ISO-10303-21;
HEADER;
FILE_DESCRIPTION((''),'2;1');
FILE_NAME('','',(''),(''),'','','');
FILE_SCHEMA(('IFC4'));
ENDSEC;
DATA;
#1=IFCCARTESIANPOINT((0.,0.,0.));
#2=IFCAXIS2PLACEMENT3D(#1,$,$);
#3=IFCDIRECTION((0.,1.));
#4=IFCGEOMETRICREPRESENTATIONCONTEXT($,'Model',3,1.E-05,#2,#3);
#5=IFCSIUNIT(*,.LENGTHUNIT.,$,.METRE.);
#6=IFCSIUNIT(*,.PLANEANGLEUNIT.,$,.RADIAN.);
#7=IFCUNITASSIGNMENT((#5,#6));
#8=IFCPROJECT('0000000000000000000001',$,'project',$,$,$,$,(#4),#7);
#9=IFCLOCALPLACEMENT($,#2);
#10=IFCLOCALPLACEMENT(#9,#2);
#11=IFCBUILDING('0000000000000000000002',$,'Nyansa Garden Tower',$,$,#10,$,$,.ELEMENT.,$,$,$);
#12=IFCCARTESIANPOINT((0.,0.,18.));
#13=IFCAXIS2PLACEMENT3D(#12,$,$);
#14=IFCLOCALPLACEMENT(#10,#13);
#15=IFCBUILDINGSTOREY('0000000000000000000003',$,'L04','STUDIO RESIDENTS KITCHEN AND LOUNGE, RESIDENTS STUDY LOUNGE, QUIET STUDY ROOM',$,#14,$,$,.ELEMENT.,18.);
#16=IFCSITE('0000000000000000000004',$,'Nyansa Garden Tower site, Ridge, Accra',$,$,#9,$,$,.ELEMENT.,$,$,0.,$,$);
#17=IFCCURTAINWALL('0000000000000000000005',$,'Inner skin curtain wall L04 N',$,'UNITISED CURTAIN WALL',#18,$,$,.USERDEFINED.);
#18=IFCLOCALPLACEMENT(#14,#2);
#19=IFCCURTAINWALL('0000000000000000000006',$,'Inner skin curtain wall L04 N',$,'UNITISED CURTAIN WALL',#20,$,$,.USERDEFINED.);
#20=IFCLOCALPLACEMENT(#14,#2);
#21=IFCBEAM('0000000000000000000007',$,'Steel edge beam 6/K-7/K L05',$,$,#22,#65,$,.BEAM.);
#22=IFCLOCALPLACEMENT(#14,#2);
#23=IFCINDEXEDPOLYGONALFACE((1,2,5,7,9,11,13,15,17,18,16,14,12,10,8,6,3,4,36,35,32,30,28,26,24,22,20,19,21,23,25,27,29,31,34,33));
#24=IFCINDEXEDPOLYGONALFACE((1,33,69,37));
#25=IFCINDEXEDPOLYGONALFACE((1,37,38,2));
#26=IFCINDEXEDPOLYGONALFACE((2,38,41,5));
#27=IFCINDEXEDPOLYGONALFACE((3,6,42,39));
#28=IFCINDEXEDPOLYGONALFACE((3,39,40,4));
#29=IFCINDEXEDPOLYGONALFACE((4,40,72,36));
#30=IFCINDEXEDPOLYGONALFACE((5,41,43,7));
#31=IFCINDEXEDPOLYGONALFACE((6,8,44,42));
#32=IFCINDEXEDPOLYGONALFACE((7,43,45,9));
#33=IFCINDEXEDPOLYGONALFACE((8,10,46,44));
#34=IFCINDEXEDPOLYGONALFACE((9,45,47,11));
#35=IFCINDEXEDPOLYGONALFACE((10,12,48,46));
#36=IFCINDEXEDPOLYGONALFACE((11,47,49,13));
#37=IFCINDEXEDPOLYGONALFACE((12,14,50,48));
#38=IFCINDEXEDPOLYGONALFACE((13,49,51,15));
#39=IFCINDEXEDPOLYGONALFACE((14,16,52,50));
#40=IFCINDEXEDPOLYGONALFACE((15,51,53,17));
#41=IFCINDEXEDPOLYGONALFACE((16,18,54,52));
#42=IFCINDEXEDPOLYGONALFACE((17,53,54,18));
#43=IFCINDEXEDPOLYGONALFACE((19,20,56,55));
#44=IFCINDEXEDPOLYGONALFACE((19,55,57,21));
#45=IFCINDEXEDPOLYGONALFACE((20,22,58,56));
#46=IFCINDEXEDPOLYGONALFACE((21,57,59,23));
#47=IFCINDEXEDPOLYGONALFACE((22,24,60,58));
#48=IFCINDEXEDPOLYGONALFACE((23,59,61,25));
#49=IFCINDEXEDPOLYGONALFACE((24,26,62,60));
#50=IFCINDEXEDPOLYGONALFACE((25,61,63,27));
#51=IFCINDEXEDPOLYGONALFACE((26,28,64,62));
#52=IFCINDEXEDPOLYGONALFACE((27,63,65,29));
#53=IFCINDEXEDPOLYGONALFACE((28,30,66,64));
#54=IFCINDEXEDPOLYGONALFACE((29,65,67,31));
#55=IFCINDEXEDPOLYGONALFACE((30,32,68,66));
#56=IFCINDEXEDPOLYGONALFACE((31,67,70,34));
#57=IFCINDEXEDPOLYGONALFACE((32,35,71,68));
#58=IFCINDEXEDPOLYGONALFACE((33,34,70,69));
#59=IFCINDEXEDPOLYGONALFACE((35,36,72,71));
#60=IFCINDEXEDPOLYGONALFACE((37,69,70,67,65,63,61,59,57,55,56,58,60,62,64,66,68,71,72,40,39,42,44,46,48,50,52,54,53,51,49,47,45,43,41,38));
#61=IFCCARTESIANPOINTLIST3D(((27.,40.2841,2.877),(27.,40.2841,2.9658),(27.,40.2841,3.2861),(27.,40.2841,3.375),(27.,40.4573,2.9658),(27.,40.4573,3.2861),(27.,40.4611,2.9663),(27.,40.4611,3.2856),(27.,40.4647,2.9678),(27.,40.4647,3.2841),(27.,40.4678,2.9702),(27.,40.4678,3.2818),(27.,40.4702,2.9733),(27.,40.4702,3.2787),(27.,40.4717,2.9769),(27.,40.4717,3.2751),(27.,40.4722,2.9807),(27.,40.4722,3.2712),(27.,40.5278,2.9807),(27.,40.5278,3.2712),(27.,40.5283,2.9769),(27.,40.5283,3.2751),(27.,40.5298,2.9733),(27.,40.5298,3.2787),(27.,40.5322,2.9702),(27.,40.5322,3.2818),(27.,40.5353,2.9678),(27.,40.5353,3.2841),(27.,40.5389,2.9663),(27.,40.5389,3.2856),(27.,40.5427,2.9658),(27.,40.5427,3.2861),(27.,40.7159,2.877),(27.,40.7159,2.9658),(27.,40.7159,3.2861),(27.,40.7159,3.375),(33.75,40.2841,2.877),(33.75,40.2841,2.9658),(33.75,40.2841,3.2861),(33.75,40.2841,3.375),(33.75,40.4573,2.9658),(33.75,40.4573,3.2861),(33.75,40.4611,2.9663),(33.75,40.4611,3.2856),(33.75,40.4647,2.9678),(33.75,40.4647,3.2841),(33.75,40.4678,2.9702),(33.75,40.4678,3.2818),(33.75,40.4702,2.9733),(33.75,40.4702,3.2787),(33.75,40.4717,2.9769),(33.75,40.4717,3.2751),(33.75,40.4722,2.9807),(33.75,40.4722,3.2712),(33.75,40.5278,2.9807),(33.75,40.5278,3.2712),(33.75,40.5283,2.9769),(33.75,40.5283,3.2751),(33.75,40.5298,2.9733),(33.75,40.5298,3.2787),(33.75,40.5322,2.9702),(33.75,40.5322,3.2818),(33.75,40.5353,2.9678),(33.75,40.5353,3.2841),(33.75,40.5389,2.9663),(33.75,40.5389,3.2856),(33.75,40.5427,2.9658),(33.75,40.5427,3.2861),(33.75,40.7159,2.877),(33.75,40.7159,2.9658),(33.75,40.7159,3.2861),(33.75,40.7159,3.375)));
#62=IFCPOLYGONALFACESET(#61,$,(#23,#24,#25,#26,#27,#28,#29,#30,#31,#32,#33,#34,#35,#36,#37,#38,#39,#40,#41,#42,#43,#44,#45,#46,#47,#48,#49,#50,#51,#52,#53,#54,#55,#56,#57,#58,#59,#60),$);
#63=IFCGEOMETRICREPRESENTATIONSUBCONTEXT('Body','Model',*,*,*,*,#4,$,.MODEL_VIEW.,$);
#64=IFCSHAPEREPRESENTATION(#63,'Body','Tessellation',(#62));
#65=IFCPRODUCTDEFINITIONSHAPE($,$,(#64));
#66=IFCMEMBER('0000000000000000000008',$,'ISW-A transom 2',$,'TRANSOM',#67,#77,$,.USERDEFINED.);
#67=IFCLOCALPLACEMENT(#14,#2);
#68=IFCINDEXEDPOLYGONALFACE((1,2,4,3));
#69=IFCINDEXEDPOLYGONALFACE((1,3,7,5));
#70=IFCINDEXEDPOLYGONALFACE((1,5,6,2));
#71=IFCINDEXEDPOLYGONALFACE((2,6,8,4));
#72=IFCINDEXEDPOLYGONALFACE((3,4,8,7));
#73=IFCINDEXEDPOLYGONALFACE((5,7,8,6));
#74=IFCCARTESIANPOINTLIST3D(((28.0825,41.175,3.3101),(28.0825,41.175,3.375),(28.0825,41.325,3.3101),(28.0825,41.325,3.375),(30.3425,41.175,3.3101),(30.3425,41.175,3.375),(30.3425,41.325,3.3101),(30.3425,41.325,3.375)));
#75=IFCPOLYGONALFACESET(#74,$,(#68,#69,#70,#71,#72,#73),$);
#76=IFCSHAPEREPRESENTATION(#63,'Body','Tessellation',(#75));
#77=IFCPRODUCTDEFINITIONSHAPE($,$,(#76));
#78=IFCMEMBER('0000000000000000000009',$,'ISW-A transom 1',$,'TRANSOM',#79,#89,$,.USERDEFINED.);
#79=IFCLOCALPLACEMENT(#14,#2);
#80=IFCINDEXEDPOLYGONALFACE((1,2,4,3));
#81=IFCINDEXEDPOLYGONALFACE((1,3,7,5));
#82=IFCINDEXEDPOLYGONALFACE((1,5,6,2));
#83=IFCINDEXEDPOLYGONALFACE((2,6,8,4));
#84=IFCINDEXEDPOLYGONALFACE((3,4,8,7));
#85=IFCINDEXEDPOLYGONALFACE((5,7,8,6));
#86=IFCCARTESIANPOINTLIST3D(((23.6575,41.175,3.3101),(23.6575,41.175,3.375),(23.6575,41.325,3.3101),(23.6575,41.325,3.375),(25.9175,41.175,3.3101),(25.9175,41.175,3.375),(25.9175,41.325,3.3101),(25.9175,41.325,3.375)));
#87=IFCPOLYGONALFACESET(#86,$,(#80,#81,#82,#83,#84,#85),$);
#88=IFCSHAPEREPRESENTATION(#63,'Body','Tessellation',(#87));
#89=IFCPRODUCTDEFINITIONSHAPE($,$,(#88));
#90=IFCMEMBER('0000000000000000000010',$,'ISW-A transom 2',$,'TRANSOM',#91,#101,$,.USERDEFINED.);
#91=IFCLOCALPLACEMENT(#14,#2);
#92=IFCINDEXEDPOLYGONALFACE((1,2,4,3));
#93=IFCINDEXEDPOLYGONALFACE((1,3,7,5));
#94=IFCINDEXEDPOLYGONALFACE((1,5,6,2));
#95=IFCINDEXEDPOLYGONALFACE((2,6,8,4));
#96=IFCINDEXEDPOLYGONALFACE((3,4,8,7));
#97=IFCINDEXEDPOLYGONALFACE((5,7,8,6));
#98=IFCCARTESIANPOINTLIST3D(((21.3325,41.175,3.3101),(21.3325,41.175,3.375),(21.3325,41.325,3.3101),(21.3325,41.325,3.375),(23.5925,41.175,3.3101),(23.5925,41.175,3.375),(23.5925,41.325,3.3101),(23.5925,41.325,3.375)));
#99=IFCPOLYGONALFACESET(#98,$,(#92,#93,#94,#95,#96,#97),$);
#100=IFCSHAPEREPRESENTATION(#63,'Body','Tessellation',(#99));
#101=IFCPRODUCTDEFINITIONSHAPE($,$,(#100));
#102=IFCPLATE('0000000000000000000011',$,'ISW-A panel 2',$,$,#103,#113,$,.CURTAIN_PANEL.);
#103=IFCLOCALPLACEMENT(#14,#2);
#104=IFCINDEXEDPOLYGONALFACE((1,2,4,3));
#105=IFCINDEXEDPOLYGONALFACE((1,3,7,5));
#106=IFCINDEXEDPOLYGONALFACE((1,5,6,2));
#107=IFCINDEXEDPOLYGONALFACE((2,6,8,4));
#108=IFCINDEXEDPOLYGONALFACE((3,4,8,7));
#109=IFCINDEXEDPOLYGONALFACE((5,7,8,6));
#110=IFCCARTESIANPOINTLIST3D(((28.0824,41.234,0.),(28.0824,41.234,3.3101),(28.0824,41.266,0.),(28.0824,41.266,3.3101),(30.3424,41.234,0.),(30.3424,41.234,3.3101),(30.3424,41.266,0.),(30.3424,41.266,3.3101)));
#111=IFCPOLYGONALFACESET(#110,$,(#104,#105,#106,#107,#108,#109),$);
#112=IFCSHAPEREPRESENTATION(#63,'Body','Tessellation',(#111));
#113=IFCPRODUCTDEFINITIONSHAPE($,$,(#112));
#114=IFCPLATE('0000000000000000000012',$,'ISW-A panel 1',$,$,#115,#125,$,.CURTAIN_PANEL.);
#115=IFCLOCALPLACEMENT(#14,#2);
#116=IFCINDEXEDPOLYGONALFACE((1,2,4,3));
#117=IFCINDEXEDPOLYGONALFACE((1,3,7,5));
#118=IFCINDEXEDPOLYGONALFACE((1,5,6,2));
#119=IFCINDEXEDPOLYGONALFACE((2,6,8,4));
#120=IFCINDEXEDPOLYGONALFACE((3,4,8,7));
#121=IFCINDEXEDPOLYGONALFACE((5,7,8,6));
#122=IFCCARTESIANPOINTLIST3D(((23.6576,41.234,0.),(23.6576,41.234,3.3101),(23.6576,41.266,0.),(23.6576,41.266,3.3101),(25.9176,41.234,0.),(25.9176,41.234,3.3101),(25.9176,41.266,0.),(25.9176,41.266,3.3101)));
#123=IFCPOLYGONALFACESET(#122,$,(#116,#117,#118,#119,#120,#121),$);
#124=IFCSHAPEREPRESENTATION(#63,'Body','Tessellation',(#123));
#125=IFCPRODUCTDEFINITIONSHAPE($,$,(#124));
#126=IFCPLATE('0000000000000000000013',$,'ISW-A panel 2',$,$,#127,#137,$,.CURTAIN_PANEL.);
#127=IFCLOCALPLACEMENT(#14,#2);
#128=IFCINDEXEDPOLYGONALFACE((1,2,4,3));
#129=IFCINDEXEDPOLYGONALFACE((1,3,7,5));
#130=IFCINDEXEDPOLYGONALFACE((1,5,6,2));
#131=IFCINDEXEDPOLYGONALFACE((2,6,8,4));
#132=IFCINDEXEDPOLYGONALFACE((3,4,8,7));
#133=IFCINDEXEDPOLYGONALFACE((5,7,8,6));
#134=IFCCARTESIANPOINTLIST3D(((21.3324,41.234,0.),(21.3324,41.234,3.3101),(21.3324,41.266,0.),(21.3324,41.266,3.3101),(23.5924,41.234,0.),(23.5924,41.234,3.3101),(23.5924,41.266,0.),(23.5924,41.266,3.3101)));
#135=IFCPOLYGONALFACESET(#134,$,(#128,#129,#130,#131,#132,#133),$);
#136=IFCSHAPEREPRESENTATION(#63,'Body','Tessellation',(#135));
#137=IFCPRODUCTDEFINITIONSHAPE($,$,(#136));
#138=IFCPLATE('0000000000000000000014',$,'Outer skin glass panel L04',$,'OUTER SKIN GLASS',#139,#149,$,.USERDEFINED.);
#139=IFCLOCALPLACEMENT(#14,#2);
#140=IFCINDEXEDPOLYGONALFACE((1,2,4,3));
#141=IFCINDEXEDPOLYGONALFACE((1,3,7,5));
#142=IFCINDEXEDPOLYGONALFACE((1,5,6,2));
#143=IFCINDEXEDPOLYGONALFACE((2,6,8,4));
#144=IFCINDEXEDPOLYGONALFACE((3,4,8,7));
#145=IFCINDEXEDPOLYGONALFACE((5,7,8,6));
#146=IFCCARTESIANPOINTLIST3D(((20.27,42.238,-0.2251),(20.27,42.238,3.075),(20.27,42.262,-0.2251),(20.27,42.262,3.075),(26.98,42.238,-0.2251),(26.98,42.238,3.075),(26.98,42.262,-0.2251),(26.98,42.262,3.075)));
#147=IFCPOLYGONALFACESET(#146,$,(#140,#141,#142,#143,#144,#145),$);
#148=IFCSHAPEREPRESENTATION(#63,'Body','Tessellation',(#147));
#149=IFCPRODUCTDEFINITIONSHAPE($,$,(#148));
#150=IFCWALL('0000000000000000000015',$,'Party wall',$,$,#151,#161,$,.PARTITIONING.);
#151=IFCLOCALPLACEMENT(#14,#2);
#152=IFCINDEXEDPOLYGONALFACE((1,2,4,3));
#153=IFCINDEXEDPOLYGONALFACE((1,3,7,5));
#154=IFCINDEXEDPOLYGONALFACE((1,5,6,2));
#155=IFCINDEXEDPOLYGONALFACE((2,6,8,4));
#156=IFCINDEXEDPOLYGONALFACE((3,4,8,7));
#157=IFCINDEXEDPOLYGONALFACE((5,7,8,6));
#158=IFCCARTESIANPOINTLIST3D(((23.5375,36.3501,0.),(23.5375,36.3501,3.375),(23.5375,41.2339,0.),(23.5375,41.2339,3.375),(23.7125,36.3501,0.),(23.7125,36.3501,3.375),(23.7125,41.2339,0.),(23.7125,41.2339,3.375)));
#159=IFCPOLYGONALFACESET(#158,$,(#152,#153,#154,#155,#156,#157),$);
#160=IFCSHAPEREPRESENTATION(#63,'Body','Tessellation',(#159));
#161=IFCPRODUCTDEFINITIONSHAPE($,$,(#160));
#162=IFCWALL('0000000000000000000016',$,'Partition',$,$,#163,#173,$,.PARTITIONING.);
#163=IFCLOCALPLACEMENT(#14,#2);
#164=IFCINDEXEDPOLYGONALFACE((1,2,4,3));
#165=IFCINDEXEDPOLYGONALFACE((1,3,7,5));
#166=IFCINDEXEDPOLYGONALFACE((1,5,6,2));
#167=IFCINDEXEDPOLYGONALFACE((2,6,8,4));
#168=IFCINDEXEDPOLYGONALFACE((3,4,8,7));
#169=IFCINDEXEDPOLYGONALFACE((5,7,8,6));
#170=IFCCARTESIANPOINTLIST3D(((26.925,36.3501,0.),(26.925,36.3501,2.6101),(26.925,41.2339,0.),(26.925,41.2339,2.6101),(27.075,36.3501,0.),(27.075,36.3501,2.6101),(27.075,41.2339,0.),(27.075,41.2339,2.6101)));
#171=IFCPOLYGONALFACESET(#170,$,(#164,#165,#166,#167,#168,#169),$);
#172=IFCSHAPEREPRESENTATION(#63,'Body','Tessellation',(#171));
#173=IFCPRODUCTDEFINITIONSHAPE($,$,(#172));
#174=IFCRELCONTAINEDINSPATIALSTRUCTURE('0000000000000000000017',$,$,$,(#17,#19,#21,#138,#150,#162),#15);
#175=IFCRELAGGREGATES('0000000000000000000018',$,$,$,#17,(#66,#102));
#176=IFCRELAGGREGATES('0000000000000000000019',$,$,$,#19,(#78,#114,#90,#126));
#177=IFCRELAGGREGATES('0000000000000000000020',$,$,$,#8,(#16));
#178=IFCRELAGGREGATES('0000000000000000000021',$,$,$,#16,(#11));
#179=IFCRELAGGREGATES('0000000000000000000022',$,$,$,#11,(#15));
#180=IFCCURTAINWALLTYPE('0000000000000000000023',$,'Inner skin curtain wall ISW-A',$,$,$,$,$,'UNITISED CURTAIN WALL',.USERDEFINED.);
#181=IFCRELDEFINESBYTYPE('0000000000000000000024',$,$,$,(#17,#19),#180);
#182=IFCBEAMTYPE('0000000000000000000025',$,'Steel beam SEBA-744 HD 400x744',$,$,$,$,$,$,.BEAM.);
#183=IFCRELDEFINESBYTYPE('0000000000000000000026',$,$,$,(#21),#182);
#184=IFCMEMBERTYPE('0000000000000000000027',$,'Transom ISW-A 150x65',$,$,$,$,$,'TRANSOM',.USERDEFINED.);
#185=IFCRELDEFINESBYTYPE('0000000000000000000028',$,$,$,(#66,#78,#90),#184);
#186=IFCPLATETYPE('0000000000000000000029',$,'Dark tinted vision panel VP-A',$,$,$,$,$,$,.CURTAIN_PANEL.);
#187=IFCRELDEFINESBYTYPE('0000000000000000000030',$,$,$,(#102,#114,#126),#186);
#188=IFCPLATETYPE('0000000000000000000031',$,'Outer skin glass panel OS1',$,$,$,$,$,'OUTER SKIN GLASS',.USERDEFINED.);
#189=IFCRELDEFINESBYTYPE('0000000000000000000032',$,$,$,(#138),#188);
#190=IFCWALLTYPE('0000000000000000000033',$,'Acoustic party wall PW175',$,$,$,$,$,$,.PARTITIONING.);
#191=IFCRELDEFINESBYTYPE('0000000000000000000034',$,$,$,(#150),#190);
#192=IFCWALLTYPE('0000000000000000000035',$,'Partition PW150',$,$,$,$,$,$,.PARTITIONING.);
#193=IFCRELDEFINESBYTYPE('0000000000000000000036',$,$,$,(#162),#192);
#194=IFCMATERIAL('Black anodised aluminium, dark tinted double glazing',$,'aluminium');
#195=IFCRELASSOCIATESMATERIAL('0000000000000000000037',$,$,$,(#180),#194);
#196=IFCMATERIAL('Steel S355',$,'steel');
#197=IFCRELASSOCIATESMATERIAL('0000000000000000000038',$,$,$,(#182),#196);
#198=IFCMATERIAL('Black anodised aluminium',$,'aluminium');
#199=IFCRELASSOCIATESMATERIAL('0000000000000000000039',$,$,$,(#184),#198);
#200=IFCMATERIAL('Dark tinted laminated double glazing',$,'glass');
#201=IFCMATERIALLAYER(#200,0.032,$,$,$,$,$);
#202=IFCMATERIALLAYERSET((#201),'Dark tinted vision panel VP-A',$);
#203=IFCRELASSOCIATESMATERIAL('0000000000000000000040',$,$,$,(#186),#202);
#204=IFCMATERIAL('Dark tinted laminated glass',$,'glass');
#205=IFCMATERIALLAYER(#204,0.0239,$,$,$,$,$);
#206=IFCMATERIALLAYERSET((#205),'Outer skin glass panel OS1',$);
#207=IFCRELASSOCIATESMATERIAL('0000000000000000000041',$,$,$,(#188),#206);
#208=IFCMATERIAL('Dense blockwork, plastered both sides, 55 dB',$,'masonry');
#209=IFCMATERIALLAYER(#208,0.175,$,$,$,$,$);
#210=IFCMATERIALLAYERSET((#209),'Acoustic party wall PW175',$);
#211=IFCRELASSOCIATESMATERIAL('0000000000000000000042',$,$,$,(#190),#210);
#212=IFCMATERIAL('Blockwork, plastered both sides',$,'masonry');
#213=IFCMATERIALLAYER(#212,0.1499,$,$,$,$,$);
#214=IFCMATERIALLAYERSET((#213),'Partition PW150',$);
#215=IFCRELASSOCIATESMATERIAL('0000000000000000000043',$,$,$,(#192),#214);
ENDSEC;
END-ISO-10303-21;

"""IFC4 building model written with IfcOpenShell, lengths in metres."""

from ifc_helpers import new_model, si_unit, direction, frame, frame_2d, origin, origin_2d, place, context, subcontext, project, spatial, rectangle, i_section, extrude, material, layer, layer_set, material_profile, profile_set, type_object, element, aggregate, save


model = new_model("IFC4")

# Units and contexts
model_context = context("Model", 3, precision=1e-05, world=origin(), true_north=direction((0.0, 1.0)))
body_context = subcontext(model_context, "Body", "Model", "MODEL_VIEW")
ifc_project = project(units=[si_unit("LENGTHUNIT", "METRE"), si_unit("PLANEANGLEUNIT", "RADIAN")], contexts=[model_context])

# Site, building, storey
site_placement = place(None, origin())
site = spatial("IfcSite", under=ifc_project, at=site_placement, Name="Nyansa Garden Tower site, Ridge, Accra", CompositionType="ELEMENT", RefElevation=0.0)
building_placement = place(site_placement, origin())
building = spatial("IfcBuilding", under=site, at=building_placement, Name="Nyansa Garden Tower", CompositionType="ELEMENT")
storey_placement = place(building_placement, frame((0.0, 0.0, 18.0)))
storey = spatial("IfcBuildingStorey", under=building, at=storey_placement, Name="L04", Description="STUDIO RESIDENTS KITCHEN AND LOUNGE, RESIDENTS STUDY LOUNGE, QUIET STUDY ROOM", CompositionType="ELEMENT", Elevation=18.0)

# Curtain walls
ifc_material_1 = material(Name="Black anodised aluminium, dark tinted double glazing", Category="aluminium")
curtain_wall_type = type_object("IfcCurtainWallType", Name="Inner skin curtain wall ISW-A", ElementType="UNITISED CURTAIN WALL", PredefinedType="USERDEFINED", material=ifc_material_1)
curtain_wall_1_placement = place(storey_placement, origin())
curtain_wall_1 = element("IfcCurtainWall", 1, at=curtain_wall_1_placement, inside=storey, type_object=curtain_wall_type, Name="Inner skin curtain wall L04 N", ObjectType="UNITISED CURTAIN WALL", PredefinedType="USERDEFINED")
curtain_wall_2_placement = place(storey_placement, origin())
curtain_wall_2 = element("IfcCurtainWall", 2, at=curtain_wall_2_placement, inside=storey, type_object=curtain_wall_type, Name="Inner skin curtain wall L04 N", ObjectType="UNITISED CURTAIN WALL", PredefinedType="USERDEFINED")

# Beam
ifc_material_2 = material(Name="Steel S355", Category="steel")
ifc_material_profile_1 = material_profile(ifc_material_2, i_section(OverallWidth=0.4319, OverallDepth=0.498, WebThickness=0.0557, FlangeThickness=0.0889, FilletRadius=0.0149, at=origin_2d()), Name="HD 400x744")
ifc_profile_set_1 = profile_set([ifc_material_profile_1], Name="Steel S355")
beam_type_1 = type_object("IfcBeamType", Name="Steel beam SEBA-744 HD 400x744", PredefinedType="BEAM", material=ifc_profile_set_1)
beam_1_placement = place(storey_placement, frame((27.0, 40.5, 3.126), z_axis=(1.0, 0.0, 0.0), x_axis=(0.0, 1.0, 0.0)))
element("IfcBeam", 3, at=beam_1_placement, inside=storey, type_object=beam_type_1, Name="Steel edge beam 6/K-7/K L05", PredefinedType="BEAM", context=body_context, shape_type="SweptSolid", body=[
    extrude(i_section(OverallWidth=0.4319, OverallDepth=0.498, WebThickness=0.0557, FlangeThickness=0.0889, FilletRadius=0.0149, at=origin_2d()), origin(), (0.0, 0.0, 1.0), 6.75),
])

# Members
ifc_material_3 = material(Name="Black anodised aluminium", Category="aluminium")
ifc_material_profile_2 = material_profile(ifc_material_3, rectangle(XDim=0.1499, YDim=0.0649, at=origin_2d()), Name="Transom 150x65")
ifc_profile_set_2 = profile_set([ifc_material_profile_2], Name="Black anodised aluminium")
member_type_1 = type_object("IfcMemberType", Name="Transom ISW-A 150x65", ElementType="TRANSOM", PredefinedType="USERDEFINED", material=ifc_profile_set_2)
member_1_placement = place(storey_placement, frame((30.3425, 41.25, 3.3425), z_axis=(-1.0, 0.0, 0.0), x_axis=(0.0, -1.0, 0.0)))
member_1 = element("IfcMember", 4, at=member_1_placement, type_object=member_type_1, Name="ISW-A transom 2", ObjectType="TRANSOM", PredefinedType="USERDEFINED", context=body_context, shape_type="SweptSolid", body=[
    extrude(rectangle(XDim=0.1499, YDim=0.0649, at=origin_2d()), origin(), (0.0, 0.0, 1.0), 2.26),
])
member_2_placement = place(storey_placement, frame((25.9175, 41.25, 3.3425), z_axis=(-1.0, 0.0, 0.0), x_axis=(0.0, -1.0, 0.0)))
member_2 = element("IfcMember", 5, at=member_2_placement, type_object=member_type_1, Name="ISW-A transom 1", ObjectType="TRANSOM", PredefinedType="USERDEFINED", context=body_context, shape_type="SweptSolid", body=[
    extrude(rectangle(XDim=0.1499, YDim=0.0649, at=origin_2d()), origin(), (0.0, 0.0, 1.0), 2.26),
])
member_3_placement = place(storey_placement, frame((23.5925, 41.25, 3.3425), z_axis=(-1.0, 0.0, 0.0), x_axis=(0.0, -1.0, 0.0)))
member_3 = element("IfcMember", 6, at=member_3_placement, type_object=member_type_1, Name="ISW-A transom 2", ObjectType="TRANSOM", PredefinedType="USERDEFINED", context=body_context, shape_type="SweptSolid", body=[
    extrude(rectangle(XDim=0.1499, YDim=0.0649, at=origin_2d()), origin(), (0.0, 0.0, 1.0), 2.26),
])

# Plates
ifc_material_4 = material(Name="Dark tinted laminated double glazing", Category="glass")
ifc_layer_1 = layer(ifc_material_4, 0.032)
ifc_layer_set_1 = layer_set([ifc_layer_1], Name="Dark tinted vision panel VP-A")
plate_type_1 = type_object("IfcPlateType", Name="Dark tinted vision panel VP-A", PredefinedType="CURTAIN_PANEL", material=ifc_layer_set_1)
plate_1_placement = place(storey_placement, frame((29.2124, 41.25, 0.0), z_axis=(0.0, 0.0, 1.0), x_axis=(-1.0, 0.0, 0.0)))
plate_1 = element("IfcPlate", 7, at=plate_1_placement, type_object=plate_type_1, Name="ISW-A panel 2", PredefinedType="CURTAIN_PANEL", context=body_context, shape_type="SweptSolid", body=[
    extrude(rectangle(XDim=2.26, YDim=0.032, at=origin_2d()), origin(), (0.0, 0.0, 1.0), 3.3101),
])
aggregate(curtain_wall_1, [member_1, plate_1])
plate_2_placement = place(storey_placement, frame((24.7876, 41.25, 0.0), z_axis=(0.0, 0.0, 1.0), x_axis=(-1.0, 0.0, 0.0)))
plate_2 = element("IfcPlate", 8, at=plate_2_placement, type_object=plate_type_1, Name="ISW-A panel 1", PredefinedType="CURTAIN_PANEL", context=body_context, shape_type="SweptSolid", body=[
    extrude(rectangle(XDim=2.26, YDim=0.032, at=origin_2d()), origin(), (0.0, 0.0, 1.0), 3.3101),
])
plate_3_placement = place(storey_placement, frame((22.4624, 41.25, 0.0), z_axis=(0.0, 0.0, 1.0), x_axis=(-1.0, 0.0, 0.0)))
plate_3 = element("IfcPlate", 9, at=plate_3_placement, type_object=plate_type_1, Name="ISW-A panel 2", PredefinedType="CURTAIN_PANEL", context=body_context, shape_type="SweptSolid", body=[
    extrude(rectangle(XDim=2.26, YDim=0.032, at=origin_2d()), origin(), (0.0, 0.0, 1.0), 3.3101),
])
aggregate(curtain_wall_2, [member_2, plate_2, member_3, plate_3])
ifc_material_5 = material(Name="Dark tinted laminated glass", Category="glass")
ifc_layer_2 = layer(ifc_material_5, 0.0239)
ifc_layer_set_2 = layer_set([ifc_layer_2], Name="Outer skin glass panel OS1")
plate_type_2 = type_object("IfcPlateType", Name="Outer skin glass panel OS1", ElementType="OUTER SKIN GLASS", PredefinedType="USERDEFINED", material=ifc_layer_set_2)
plate_4_placement = place(storey_placement, frame((23.625, 42.25, -0.2251), z_axis=(0.0, 0.0, 1.0), x_axis=(1.0, 0.0, 0.0)))
element("IfcPlate", 10, at=plate_4_placement, inside=storey, type_object=plate_type_2, Name="Outer skin glass panel L04", ObjectType="OUTER SKIN GLASS", PredefinedType="USERDEFINED", context=body_context, shape_type="SweptSolid", body=[
    extrude(rectangle(XDim=6.71, YDim=0.0239, at=origin_2d()), origin(), (0.0, 0.0, 1.0), 3.3),
])

# Walls
ifc_material_6 = material(Name="Dense blockwork, plastered both sides, 55 dB", Category="masonry")
ifc_layer_3 = layer(ifc_material_6, 0.175)
ifc_layer_set_3 = layer_set([ifc_layer_3], Name="Acoustic party wall PW175")
wall_type_1 = type_object("IfcWallType", Name="Acoustic party wall PW175", PredefinedType="PARTITIONING", material=ifc_layer_set_3)
wall_1_placement = place(storey_placement, frame((23.625, 36.3501, 0.0), z_axis=(0.0, 0.0, 1.0), x_axis=(0.0, 1.0, 0.0)))
element("IfcWall", 11, at=wall_1_placement, inside=storey, type_object=wall_type_1, Name="Party wall", PredefinedType="PARTITIONING", context=body_context, shape_type="SweptSolid", body=[
    extrude(rectangle(XDim=4.8838, YDim=0.175, at=frame_2d((2.4419, 0.0))), origin(), (0.0, 0.0, 1.0), 3.375),
])
ifc_material_7 = material(Name="Blockwork, plastered both sides", Category="masonry")
ifc_layer_4 = layer(ifc_material_7, 0.1499)
ifc_layer_set_4 = layer_set([ifc_layer_4], Name="Partition PW150")
wall_type_2 = type_object("IfcWallType", Name="Partition PW150", PredefinedType="PARTITIONING", material=ifc_layer_set_4)
wall_2_placement = place(storey_placement, frame((27.0, 36.3501, 0.0), z_axis=(0.0, 0.0, 1.0), x_axis=(0.0, 1.0, 0.0)))
element("IfcWall", 12, at=wall_2_placement, inside=storey, type_object=wall_type_2, Name="Partition", PredefinedType="PARTITIONING", context=body_context, shape_type="SweptSolid", body=[
    extrude(rectangle(XDim=4.8838, YDim=0.1499, at=frame_2d((2.4419, 0.0))), origin(), (0.0, 0.0, 1.0), 2.6101),
])

save(model, "model.ifc")
